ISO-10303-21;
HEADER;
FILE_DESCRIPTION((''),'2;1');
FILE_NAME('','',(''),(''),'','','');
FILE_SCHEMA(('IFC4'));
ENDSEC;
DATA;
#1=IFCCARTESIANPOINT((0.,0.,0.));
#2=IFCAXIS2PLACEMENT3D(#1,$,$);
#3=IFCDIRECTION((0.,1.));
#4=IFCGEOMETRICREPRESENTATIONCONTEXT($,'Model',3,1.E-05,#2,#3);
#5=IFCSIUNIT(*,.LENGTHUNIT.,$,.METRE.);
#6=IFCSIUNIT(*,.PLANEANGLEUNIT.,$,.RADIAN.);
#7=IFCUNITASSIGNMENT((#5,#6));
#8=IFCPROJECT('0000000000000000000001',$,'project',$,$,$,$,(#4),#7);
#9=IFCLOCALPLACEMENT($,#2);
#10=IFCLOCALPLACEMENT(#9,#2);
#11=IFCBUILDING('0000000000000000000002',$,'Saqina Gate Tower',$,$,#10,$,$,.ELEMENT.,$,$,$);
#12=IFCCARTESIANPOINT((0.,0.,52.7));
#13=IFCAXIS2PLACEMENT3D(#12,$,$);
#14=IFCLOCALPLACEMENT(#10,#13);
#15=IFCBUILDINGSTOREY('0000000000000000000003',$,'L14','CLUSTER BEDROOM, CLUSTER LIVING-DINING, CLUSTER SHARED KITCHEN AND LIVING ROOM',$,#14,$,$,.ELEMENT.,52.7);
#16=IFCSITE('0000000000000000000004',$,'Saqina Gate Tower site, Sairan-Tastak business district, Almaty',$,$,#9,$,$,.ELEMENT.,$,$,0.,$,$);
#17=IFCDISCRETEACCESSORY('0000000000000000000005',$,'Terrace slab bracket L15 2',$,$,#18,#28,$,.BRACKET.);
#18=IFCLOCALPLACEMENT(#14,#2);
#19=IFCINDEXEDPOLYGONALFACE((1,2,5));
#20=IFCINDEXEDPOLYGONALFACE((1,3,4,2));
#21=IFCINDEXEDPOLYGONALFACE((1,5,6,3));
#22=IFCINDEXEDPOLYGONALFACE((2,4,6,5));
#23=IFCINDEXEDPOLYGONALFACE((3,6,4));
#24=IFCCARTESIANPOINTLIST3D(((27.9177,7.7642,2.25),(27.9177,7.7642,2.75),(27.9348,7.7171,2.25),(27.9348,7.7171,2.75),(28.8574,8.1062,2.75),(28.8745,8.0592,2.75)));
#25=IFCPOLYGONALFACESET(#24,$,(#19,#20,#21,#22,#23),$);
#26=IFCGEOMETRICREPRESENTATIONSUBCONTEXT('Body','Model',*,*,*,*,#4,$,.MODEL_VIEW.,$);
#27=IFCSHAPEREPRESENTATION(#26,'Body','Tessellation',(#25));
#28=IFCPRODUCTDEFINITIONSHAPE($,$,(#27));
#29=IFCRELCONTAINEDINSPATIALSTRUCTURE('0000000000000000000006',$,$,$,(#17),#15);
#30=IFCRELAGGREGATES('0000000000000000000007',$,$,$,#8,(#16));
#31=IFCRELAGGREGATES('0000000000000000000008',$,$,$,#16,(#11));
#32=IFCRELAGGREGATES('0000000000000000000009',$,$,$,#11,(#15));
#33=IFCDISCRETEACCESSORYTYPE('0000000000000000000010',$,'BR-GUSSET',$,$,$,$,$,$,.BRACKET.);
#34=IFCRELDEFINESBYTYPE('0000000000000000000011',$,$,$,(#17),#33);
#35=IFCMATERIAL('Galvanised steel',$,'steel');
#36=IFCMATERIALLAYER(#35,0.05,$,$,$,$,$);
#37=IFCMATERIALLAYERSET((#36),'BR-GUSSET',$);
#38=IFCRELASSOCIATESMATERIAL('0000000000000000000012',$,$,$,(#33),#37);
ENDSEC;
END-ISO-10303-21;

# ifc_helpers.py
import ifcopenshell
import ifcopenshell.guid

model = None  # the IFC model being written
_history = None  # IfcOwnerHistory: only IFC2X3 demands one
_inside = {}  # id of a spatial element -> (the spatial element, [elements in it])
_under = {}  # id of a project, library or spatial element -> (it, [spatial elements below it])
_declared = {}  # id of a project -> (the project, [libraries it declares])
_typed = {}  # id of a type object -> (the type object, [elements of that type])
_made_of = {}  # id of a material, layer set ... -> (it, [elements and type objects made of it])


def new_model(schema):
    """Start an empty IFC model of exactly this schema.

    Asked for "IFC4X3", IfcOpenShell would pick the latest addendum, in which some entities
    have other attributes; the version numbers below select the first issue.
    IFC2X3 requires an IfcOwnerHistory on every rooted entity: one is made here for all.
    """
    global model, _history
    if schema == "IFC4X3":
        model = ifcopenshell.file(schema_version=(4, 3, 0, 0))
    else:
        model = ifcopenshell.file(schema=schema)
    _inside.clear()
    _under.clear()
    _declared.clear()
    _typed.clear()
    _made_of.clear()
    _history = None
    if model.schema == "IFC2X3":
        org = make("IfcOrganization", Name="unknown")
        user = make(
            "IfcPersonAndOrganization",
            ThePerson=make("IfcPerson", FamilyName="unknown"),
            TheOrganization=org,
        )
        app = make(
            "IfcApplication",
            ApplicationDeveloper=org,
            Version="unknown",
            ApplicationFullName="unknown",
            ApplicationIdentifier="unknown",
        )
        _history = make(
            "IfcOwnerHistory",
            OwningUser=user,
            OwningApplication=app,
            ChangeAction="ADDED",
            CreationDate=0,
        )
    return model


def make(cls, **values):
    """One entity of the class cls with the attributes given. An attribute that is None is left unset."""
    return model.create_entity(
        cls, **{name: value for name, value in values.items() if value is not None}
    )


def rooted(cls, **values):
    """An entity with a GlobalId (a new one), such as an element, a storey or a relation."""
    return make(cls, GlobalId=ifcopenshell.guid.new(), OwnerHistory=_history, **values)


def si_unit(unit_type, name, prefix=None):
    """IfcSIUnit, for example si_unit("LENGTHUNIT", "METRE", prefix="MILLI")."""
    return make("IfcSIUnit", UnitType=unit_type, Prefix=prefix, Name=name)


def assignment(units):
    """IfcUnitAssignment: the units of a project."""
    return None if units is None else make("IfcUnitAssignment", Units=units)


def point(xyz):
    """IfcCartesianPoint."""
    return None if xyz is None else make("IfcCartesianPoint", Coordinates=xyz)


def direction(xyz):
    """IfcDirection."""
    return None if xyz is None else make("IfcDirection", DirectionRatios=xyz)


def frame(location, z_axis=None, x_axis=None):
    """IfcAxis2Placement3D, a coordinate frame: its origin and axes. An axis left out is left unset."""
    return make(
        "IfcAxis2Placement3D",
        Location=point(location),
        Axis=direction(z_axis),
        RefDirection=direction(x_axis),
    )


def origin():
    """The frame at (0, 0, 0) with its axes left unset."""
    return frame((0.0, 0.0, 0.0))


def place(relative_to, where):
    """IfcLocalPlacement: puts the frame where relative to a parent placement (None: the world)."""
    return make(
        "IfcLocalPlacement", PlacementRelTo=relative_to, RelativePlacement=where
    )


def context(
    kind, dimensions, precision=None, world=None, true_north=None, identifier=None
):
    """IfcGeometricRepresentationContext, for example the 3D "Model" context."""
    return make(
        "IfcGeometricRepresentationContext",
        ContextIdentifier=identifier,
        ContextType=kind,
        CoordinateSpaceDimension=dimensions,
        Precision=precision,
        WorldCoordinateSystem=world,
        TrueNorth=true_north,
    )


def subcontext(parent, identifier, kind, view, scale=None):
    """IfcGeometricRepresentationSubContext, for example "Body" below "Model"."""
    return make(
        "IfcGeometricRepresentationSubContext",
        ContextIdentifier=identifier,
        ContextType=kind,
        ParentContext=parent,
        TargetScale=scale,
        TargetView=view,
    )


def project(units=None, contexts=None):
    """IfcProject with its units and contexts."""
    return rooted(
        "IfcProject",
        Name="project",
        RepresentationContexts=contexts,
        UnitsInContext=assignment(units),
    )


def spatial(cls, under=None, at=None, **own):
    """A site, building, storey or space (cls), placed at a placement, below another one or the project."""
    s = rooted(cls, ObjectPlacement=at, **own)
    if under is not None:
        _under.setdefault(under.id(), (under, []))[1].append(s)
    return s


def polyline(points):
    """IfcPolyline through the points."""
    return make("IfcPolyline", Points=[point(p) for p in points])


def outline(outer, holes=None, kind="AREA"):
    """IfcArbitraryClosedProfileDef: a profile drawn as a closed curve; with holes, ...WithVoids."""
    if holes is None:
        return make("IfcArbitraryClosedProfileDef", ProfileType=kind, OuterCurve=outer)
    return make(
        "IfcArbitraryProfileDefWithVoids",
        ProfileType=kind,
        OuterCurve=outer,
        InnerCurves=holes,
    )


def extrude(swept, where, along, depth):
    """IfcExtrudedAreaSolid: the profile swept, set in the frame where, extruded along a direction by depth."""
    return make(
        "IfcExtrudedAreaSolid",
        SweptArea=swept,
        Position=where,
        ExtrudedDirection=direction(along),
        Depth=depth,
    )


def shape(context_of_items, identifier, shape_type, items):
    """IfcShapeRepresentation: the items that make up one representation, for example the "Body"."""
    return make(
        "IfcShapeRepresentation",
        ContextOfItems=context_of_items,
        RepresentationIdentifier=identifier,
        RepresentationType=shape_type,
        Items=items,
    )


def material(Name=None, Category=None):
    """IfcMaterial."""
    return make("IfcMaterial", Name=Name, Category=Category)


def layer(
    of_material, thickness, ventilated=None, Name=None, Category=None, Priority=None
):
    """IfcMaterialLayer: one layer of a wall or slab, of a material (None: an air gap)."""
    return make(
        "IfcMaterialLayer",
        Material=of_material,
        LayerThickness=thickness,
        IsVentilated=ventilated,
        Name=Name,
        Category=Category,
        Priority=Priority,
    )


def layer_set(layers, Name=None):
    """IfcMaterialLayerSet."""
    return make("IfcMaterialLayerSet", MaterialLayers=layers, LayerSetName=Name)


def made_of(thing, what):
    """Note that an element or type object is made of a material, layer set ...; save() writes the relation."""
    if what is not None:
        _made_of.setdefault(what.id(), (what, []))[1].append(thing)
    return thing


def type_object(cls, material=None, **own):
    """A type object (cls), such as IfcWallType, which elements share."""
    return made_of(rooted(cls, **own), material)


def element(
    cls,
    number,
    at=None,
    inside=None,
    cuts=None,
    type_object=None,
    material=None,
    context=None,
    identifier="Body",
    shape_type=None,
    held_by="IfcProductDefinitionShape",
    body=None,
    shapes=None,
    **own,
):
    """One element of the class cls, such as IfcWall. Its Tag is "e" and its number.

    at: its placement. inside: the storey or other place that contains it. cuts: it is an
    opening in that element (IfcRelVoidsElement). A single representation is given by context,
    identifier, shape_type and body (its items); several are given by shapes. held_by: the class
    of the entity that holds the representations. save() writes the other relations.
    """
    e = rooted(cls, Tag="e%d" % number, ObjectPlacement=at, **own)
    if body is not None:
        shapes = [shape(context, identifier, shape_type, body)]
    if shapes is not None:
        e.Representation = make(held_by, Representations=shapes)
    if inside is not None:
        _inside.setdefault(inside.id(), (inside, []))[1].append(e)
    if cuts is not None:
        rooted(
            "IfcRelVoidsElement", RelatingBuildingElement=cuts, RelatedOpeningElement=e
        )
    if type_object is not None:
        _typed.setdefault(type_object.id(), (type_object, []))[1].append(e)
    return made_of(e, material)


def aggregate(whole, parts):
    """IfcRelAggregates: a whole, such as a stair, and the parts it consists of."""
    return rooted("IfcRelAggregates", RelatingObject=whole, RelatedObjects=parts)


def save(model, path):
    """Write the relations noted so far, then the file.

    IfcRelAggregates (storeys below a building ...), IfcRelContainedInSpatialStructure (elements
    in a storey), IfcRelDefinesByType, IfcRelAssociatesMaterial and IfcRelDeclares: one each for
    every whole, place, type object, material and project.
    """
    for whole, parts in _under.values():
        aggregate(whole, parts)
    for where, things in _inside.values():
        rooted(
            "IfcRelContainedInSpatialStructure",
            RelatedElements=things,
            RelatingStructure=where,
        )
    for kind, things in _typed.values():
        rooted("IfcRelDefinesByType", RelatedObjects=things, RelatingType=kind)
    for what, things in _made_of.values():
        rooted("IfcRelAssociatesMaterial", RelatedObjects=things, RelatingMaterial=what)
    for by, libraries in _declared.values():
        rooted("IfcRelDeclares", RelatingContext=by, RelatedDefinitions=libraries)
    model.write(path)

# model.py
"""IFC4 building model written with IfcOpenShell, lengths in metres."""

from ifc_helpers import new_model, si_unit, direction, frame, origin, place, context, subcontext, project, spatial, polyline, outline, extrude, material, layer, layer_set, type_object, element, save


model = new_model("IFC4")

# Units and contexts
model_context = context("Model", 3, precision=1e-05, world=origin(), true_north=direction((0.0, 1.0)))
body_context = subcontext(model_context, "Body", "Model", "MODEL_VIEW")
ifc_project = project(units=[si_unit("LENGTHUNIT", "METRE"), si_unit("PLANEANGLEUNIT", "RADIAN")], contexts=[model_context])

# Site, building, storey
site_placement = place(None, origin())
site = spatial("IfcSite", under=ifc_project, at=site_placement, Name="Saqina Gate Tower site, Sairan-Tastak business district, Almaty", CompositionType="ELEMENT", RefElevation=0.0)
building_placement = place(site_placement, origin())
building = spatial("IfcBuilding", under=site, at=building_placement, Name="Saqina Gate Tower", CompositionType="ELEMENT")
storey_placement = place(building_placement, frame((0.0, 0.0, 52.7)))
storey = spatial("IfcBuildingStorey", under=building, at=storey_placement, Name="L14", Description="CLUSTER BEDROOM, CLUSTER LIVING-DINING, CLUSTER SHARED KITCHEN AND LIVING ROOM", CompositionType="ELEMENT", Elevation=52.7)

# Discrete accessory
ifc_material_1 = material(Name="Galvanised steel", Category="steel")
ifc_layer_1 = layer(ifc_material_1, 0.05)
ifc_layer_set_1 = layer_set([ifc_layer_1], Name="BR-GUSSET")
discrete_accessory_type = type_object("IfcDiscreteAccessoryType", Name="BR-GUSSET", PredefinedType="BRACKET", material=ifc_layer_set_1)
discrete_accessory_1_placement = place(storey_placement, frame((27.9177, 7.7642, 2.25), z_axis=(-0.342037, 0.939686, 0.0), x_axis=(0.0, 0.0, 1.0)))
element("IfcDiscreteAccessory", 1, at=discrete_accessory_1_placement, inside=storey, type_object=discrete_accessory_type, Name="Terrace slab bracket L15 2", PredefinedType="BRACKET", context=body_context, shape_type="SweptSolid", body=[
    extrude(outline(polyline([(0.0, 0.0), (0.5, 0.0), (0.5, 1.0), (0.0, 0.0)])), origin(), (0.0, 0.0, -1.0), 0.05),
])

save(model, "model.ifc")
